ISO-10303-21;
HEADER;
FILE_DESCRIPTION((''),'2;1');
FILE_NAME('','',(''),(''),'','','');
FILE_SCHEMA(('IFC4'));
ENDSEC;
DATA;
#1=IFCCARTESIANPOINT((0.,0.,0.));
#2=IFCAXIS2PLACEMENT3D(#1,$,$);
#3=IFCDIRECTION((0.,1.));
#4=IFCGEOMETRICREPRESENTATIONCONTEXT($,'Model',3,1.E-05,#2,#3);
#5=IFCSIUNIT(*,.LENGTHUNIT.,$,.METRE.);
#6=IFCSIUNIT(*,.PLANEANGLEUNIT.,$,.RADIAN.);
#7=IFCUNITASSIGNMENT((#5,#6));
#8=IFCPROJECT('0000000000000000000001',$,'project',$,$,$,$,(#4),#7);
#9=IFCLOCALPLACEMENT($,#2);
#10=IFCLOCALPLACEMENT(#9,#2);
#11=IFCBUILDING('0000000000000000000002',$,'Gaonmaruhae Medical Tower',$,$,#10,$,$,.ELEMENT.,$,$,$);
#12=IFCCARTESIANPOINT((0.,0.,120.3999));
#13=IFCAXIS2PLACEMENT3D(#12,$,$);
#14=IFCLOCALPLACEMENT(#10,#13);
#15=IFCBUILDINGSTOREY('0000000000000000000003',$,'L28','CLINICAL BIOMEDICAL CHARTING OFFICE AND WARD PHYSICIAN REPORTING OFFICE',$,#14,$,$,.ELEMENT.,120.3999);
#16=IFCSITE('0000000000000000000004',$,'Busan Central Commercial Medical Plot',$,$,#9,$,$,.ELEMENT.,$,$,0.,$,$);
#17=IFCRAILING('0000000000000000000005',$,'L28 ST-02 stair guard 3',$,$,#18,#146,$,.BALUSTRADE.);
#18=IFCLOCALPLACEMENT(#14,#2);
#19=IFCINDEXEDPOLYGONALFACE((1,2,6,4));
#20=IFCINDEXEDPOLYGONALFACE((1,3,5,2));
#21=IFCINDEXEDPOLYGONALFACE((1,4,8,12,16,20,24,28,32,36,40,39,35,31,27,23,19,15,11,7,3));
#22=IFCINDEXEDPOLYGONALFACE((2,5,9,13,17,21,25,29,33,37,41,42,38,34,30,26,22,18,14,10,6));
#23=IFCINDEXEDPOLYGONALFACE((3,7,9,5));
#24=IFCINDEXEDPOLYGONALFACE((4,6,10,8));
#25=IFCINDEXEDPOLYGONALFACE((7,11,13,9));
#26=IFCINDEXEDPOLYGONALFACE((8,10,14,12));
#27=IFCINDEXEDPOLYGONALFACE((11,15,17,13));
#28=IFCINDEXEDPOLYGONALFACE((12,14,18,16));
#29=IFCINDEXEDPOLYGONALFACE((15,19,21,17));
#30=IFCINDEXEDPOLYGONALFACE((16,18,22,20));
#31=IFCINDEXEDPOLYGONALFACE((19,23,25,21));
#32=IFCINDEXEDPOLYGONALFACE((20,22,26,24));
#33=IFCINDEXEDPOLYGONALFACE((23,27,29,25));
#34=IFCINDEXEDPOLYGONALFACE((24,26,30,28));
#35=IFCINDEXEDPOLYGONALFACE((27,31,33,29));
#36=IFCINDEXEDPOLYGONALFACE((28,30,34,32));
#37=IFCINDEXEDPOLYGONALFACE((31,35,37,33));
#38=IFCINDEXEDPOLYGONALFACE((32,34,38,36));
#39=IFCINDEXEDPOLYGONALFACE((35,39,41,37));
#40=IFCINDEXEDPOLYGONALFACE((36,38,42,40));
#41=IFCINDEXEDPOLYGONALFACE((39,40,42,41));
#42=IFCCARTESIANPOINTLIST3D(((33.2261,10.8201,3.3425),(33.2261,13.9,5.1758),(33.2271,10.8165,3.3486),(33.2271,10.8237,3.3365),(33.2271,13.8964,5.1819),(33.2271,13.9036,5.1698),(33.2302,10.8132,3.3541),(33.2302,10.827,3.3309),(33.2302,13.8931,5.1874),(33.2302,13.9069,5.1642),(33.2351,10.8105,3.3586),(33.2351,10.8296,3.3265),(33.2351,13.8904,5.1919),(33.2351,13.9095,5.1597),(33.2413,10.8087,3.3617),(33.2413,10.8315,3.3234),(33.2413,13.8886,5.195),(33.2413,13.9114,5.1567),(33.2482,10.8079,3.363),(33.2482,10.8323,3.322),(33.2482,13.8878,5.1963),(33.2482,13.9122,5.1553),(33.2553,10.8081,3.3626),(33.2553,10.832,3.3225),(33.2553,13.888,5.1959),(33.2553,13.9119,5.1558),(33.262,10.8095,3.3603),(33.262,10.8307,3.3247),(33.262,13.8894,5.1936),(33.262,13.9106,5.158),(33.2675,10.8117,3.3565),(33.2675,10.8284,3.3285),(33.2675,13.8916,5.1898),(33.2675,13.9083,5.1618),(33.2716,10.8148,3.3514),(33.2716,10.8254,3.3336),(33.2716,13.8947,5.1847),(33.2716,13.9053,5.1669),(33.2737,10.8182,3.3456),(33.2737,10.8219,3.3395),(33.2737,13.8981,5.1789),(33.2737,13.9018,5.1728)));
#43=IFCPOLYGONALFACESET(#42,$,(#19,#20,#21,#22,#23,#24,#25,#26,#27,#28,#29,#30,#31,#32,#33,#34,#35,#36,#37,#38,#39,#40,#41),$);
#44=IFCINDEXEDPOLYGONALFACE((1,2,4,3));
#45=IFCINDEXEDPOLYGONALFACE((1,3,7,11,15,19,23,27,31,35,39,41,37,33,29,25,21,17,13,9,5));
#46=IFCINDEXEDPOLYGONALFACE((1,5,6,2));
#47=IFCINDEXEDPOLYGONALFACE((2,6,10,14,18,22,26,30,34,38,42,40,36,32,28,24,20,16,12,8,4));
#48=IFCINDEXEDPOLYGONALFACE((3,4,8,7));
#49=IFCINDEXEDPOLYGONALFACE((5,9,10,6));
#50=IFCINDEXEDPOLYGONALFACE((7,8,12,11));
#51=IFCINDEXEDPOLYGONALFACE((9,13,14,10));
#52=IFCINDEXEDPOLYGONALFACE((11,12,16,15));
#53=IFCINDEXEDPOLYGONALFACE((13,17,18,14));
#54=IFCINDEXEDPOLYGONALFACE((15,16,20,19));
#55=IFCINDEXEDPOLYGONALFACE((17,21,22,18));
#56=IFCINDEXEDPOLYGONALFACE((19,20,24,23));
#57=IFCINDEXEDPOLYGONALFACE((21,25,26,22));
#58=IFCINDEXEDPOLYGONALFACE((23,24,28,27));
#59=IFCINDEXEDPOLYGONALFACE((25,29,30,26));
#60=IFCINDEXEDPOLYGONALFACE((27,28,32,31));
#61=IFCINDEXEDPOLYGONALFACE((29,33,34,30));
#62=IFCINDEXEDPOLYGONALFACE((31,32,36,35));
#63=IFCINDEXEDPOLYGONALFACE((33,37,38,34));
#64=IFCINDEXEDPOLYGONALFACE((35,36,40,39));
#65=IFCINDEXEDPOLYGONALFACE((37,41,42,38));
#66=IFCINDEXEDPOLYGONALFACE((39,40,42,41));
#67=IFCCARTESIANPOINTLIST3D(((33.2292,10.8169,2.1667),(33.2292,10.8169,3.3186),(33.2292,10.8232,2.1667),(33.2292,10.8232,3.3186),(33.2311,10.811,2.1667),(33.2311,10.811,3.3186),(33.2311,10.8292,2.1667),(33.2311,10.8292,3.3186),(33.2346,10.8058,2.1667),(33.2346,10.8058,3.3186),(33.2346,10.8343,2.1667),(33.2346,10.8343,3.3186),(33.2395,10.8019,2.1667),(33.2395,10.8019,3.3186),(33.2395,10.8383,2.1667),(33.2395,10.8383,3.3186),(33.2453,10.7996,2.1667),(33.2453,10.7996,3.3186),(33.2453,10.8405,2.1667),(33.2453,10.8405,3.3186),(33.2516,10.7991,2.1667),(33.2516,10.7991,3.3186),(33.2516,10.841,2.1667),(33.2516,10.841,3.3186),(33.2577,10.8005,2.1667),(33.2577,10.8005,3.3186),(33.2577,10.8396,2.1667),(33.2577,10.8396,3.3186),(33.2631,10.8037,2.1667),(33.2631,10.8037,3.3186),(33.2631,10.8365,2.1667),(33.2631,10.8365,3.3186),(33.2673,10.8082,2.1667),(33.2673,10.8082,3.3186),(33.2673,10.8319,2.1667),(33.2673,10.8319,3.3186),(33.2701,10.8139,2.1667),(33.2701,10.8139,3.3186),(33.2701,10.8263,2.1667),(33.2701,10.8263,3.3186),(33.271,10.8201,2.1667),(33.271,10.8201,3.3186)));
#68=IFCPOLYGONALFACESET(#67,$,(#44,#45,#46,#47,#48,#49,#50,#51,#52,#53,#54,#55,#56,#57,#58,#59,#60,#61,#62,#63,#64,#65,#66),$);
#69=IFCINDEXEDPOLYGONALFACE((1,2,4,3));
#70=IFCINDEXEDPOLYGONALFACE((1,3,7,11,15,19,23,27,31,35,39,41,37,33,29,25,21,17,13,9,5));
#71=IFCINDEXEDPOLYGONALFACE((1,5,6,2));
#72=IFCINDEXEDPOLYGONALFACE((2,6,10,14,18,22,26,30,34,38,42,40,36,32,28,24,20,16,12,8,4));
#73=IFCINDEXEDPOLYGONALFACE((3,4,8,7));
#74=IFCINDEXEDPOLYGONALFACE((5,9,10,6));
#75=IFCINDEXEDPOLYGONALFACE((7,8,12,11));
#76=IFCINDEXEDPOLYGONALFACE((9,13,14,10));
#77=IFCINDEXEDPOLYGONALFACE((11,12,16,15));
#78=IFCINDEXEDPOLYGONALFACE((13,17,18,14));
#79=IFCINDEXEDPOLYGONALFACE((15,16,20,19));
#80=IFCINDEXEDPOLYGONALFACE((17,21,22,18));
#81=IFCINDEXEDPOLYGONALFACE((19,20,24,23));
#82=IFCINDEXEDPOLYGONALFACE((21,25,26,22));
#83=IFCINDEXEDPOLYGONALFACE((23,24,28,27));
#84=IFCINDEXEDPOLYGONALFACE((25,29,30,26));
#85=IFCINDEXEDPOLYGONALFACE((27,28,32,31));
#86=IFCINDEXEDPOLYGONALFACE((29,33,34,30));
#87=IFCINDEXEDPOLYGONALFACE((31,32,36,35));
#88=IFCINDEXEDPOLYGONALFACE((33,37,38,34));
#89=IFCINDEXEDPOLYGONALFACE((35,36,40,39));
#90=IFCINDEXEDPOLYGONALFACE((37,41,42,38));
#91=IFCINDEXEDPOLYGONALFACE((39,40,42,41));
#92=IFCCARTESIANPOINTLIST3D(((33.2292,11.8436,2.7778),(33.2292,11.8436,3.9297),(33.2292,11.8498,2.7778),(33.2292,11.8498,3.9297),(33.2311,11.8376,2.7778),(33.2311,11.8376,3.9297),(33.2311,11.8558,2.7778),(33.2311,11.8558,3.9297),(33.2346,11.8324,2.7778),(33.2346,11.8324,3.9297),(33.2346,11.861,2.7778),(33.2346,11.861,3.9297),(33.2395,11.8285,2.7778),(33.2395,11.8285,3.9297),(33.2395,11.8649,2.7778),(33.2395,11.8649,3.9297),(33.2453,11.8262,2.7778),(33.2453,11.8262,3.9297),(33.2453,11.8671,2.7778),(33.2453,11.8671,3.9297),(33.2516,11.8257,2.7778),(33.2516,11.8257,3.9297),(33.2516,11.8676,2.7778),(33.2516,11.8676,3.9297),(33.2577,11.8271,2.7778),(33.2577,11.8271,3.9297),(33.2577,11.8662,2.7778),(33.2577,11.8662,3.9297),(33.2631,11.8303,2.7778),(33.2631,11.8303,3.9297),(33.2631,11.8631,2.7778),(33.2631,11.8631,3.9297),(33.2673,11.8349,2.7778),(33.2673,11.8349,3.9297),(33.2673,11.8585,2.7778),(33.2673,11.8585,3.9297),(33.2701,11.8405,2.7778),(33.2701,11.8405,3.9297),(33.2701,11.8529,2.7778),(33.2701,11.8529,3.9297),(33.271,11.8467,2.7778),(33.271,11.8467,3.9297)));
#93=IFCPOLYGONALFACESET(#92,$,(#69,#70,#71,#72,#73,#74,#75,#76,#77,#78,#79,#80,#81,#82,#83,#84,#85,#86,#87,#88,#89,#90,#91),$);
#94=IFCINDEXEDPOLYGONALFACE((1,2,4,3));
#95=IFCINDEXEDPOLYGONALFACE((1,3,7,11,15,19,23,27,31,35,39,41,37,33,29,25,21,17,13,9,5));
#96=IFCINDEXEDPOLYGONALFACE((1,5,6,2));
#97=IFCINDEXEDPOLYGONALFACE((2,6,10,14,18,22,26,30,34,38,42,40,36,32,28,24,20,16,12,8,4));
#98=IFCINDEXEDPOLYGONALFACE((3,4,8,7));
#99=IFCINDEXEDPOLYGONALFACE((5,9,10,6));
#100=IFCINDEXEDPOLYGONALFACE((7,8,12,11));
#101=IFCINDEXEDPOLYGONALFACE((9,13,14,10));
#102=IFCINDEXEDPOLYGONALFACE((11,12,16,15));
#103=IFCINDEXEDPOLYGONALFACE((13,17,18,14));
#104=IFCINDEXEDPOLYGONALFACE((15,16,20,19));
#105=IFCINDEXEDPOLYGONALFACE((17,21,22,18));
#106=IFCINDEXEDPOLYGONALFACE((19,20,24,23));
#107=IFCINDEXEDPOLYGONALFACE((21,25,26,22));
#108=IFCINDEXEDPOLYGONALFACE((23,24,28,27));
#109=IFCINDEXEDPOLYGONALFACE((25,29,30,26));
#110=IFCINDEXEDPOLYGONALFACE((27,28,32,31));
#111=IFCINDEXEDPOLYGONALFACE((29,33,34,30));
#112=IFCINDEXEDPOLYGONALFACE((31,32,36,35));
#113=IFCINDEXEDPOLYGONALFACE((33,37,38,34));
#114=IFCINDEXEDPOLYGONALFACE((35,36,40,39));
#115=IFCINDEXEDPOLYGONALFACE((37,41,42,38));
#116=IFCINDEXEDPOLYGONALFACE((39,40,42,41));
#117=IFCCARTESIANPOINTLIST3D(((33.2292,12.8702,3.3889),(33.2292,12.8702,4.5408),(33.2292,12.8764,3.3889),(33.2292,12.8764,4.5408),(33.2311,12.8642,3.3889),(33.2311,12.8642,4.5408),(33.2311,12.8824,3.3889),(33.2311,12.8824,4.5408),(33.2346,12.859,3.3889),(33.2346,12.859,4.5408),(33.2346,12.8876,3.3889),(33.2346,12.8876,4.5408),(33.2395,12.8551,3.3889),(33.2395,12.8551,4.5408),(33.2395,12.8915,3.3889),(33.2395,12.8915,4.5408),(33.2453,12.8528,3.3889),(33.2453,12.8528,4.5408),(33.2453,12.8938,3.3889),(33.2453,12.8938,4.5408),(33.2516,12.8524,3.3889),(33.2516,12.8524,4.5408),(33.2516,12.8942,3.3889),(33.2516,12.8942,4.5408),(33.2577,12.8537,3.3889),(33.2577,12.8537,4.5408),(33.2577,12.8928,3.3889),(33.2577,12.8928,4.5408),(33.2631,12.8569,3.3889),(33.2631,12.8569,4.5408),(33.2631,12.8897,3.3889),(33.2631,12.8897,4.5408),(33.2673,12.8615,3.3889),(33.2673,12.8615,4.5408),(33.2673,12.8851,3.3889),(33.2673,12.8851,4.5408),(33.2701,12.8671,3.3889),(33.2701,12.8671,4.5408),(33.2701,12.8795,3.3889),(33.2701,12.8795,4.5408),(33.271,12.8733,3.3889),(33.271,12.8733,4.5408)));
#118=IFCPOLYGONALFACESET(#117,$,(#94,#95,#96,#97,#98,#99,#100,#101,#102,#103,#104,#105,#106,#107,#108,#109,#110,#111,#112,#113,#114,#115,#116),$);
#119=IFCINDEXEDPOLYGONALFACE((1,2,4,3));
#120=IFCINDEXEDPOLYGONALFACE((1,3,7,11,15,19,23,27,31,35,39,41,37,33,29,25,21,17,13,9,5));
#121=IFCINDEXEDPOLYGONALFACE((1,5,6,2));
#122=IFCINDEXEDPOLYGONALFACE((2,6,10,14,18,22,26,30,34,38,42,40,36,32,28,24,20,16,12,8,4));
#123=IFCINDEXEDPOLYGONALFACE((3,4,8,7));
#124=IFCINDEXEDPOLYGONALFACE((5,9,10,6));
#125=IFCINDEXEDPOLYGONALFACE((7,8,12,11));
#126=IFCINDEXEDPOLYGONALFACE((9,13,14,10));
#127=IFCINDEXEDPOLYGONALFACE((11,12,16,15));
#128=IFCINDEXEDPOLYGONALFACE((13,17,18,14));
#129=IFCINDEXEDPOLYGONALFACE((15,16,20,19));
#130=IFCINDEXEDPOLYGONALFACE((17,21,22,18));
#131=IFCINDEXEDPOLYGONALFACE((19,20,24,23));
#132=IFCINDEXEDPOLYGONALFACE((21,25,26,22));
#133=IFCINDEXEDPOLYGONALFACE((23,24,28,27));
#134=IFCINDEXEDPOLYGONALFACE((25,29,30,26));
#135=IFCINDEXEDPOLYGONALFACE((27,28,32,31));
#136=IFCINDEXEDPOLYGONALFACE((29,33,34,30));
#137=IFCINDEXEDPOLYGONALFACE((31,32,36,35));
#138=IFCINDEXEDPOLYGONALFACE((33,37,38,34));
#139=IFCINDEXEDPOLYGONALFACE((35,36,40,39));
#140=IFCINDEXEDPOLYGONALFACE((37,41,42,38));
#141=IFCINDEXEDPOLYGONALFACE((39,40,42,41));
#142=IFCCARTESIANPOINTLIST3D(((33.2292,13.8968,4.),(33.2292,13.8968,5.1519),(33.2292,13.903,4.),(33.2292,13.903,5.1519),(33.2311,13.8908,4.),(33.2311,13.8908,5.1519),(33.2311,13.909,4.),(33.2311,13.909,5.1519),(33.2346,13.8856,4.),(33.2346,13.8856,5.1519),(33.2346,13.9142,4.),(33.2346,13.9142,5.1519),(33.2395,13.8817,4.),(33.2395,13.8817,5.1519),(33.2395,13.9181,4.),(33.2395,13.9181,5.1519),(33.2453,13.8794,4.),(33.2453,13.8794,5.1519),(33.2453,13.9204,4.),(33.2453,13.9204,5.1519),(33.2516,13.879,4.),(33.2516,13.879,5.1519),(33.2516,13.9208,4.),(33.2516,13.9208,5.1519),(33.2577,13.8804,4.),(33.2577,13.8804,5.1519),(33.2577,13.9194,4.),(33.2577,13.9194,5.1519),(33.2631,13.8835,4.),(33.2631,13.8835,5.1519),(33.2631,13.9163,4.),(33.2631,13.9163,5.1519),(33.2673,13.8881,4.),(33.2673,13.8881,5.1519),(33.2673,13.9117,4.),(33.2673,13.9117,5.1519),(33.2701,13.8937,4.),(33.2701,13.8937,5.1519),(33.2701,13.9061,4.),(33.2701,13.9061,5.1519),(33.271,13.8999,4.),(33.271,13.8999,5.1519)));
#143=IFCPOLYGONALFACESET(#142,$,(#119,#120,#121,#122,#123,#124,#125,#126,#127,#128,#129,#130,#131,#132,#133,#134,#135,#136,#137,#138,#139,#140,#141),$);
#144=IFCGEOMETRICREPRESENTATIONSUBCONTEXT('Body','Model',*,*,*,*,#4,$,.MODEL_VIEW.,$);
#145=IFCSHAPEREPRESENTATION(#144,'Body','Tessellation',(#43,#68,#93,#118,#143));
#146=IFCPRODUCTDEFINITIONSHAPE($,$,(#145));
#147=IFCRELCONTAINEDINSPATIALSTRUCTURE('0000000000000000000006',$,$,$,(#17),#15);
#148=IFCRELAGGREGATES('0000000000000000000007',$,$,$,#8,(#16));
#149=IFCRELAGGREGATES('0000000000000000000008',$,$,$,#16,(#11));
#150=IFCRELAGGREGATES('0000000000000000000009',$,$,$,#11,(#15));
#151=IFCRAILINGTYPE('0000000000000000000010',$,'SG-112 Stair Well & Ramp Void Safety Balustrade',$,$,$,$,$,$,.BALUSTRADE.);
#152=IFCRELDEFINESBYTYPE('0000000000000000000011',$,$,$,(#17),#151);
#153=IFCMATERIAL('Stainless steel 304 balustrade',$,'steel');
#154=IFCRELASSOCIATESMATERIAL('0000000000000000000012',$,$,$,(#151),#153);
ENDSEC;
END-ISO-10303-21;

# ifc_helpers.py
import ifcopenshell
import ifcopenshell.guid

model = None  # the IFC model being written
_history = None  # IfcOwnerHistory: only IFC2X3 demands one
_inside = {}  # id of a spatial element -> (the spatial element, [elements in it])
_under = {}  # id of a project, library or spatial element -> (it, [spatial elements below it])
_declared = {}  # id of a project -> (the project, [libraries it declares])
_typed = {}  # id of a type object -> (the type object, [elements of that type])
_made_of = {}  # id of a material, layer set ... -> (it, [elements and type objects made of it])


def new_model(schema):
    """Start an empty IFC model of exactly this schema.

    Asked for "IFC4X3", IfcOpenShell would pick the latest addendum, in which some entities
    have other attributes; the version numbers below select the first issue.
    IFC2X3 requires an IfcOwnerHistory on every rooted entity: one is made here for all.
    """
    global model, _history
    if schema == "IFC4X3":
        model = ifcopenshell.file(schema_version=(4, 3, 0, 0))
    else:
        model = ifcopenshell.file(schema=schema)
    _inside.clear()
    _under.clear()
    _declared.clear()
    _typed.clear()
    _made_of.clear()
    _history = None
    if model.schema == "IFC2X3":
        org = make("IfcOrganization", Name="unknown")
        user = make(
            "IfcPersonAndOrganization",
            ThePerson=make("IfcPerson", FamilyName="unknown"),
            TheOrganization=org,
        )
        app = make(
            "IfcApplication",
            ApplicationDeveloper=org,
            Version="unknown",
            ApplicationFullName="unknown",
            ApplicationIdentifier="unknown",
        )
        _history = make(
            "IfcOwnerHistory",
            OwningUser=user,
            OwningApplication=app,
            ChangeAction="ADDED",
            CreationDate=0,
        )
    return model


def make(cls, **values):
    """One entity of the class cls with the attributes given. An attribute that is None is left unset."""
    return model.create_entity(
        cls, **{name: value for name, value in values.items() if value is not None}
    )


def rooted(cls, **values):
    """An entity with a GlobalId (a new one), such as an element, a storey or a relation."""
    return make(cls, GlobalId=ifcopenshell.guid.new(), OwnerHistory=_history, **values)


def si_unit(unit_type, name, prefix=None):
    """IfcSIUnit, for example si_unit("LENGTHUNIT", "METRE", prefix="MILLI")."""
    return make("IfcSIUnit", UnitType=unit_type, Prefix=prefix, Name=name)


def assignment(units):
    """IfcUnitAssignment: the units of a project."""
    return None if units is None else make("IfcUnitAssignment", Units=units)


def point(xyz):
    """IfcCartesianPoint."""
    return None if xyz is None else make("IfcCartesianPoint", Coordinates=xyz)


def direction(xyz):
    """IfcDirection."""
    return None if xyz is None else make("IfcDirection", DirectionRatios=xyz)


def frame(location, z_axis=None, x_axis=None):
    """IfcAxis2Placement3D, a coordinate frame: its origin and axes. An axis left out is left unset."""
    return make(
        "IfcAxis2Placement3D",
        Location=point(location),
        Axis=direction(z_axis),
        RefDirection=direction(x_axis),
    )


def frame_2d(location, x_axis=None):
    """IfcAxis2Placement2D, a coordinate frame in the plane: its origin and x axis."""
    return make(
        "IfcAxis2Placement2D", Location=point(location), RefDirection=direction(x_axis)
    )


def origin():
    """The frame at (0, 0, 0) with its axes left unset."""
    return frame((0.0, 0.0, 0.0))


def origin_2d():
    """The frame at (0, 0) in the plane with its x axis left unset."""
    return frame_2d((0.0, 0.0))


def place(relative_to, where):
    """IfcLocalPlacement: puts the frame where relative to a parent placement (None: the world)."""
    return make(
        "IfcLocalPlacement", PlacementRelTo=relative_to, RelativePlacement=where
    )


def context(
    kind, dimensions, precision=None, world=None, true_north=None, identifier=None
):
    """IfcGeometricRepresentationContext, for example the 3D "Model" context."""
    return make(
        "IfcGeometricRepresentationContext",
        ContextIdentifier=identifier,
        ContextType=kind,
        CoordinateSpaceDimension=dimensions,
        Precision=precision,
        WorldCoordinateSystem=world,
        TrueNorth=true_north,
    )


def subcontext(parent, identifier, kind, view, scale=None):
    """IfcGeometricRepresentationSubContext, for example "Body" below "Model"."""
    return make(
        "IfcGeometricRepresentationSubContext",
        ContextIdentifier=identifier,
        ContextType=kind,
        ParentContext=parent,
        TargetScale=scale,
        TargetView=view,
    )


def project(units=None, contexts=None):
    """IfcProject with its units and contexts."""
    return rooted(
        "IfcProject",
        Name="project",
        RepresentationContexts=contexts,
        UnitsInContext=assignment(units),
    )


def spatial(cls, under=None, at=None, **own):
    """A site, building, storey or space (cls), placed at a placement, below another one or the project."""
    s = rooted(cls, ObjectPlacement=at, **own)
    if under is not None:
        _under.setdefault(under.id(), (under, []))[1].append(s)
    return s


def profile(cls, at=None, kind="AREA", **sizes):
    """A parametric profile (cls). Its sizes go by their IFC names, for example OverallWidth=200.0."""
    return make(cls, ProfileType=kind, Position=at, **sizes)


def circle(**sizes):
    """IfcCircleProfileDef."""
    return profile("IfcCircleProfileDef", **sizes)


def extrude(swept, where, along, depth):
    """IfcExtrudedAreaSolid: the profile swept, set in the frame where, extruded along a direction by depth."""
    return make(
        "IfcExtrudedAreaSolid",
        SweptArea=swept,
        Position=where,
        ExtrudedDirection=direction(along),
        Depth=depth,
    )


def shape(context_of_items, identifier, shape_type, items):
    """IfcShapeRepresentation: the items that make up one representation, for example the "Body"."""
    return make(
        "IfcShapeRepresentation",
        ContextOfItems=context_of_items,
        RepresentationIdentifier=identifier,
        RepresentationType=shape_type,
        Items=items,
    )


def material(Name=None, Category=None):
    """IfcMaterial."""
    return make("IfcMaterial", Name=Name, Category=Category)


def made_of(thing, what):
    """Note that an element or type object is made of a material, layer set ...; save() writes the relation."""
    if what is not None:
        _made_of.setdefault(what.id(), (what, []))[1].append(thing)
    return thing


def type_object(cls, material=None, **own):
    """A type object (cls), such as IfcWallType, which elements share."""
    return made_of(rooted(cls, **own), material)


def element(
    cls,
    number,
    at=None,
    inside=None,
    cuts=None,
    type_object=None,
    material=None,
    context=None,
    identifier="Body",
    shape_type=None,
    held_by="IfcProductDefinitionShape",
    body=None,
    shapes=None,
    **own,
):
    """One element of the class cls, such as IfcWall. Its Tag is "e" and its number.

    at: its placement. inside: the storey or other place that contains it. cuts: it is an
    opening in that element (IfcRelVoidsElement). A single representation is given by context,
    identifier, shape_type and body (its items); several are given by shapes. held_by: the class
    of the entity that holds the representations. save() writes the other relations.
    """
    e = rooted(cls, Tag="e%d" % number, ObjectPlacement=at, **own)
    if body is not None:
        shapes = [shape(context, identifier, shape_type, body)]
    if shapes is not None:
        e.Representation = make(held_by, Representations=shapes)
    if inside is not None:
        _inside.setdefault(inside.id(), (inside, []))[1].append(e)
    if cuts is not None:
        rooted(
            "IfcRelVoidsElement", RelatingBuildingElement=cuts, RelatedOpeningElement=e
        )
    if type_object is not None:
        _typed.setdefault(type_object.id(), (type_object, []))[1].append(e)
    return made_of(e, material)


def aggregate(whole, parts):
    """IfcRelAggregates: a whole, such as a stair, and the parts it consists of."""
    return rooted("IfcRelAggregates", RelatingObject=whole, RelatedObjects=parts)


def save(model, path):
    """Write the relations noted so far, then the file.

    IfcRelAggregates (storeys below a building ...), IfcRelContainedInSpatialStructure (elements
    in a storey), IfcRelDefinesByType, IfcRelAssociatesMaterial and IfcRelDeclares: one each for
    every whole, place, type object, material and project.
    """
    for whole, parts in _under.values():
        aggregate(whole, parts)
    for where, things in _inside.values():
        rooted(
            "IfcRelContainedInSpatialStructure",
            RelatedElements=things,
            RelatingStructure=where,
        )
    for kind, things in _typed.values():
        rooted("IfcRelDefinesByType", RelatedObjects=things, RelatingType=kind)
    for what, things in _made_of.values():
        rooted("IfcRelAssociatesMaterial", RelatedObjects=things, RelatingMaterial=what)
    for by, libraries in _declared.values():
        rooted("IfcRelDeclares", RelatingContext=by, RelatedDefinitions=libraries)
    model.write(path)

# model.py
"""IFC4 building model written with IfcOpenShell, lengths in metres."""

from ifc_helpers import new_model, si_unit, direction, frame, origin, origin_2d, place, context, subcontext, project, spatial, circle, extrude, material, type_object, element, save


model = new_model("IFC4")

# Units and contexts
model_context = context("Model", 3, precision=1e-05, world=origin(), true_north=direction((0.0, 1.0)))
body_context = subcontext(model_context, "Body", "Model", "MODEL_VIEW")
ifc_project = project(units=[si_unit("LENGTHUNIT", "METRE"), si_unit("PLANEANGLEUNIT", "RADIAN")], contexts=[model_context])

# Site, building, storey
site_placement = place(None, origin())
site = spatial("IfcSite", under=ifc_project, at=site_placement, Name="Busan Central Commercial Medical Plot", CompositionType="ELEMENT", RefElevation=0.0)
building_placement = place(site_placement, origin())
building = spatial("IfcBuilding", under=site, at=building_placement, Name="Gaonmaruhae Medical Tower", CompositionType="ELEMENT")
storey_placement = place(building_placement, frame((0.0, 0.0, 120.3999)))
storey = spatial("IfcBuildingStorey", under=building, at=storey_placement, Name="L28", Description="CLINICAL BIOMEDICAL CHARTING OFFICE AND WARD PHYSICIAN REPORTING OFFICE", CompositionType="ELEMENT", Elevation=120.3999)

# Railing
ifc_material_1 = material(Name="Stainless steel 304 balustrade", Category="steel")
railing_type_1 = type_object("IfcRailingType", Name="SG-112 Stair Well & Ramp Void Safety Balustrade", PredefinedType="BALUSTRADE", material=ifc_material_1)
railing_1_placement = place(storey_placement, frame((33.25, 10.8201, 2.1667)))
element("IfcRailing", 1, at=railing_1_placement, inside=storey, type_object=railing_type_1, Name="L28 ST-02 stair guard 3", PredefinedType="BALUSTRADE", context=body_context, shape_type="SweptSolid", body=[
    extrude(circle(Radius=0.0239, at=origin_2d()), frame((0.0, 0.0, 1.1758), z_axis=(0.0, 0.859291, 0.511487), x_axis=(-1.0, 0.0, 0.0)), (0.0, 0.0, 1.0), 3.5842),
    extrude(circle(Radius=0.021, at=origin_2d()), origin(), (0.0, 0.0, 1.0), 1.1519),
    extrude(circle(Radius=0.021, at=origin_2d()), frame((0.0, 1.0266, 0.6111)), (0.0, 0.0, 1.0), 1.1519),
    extrude(circle(Radius=0.021, at=origin_2d()), frame((0.0, 2.0532, 1.2222)), (0.0, 0.0, 1.0), 1.1519),
    extrude(circle(Radius=0.021, at=origin_2d()), frame((0.0, 3.0798, 1.8333)), (0.0, 0.0, 1.0), 1.1519),
])

save(model, "model.ifc")
